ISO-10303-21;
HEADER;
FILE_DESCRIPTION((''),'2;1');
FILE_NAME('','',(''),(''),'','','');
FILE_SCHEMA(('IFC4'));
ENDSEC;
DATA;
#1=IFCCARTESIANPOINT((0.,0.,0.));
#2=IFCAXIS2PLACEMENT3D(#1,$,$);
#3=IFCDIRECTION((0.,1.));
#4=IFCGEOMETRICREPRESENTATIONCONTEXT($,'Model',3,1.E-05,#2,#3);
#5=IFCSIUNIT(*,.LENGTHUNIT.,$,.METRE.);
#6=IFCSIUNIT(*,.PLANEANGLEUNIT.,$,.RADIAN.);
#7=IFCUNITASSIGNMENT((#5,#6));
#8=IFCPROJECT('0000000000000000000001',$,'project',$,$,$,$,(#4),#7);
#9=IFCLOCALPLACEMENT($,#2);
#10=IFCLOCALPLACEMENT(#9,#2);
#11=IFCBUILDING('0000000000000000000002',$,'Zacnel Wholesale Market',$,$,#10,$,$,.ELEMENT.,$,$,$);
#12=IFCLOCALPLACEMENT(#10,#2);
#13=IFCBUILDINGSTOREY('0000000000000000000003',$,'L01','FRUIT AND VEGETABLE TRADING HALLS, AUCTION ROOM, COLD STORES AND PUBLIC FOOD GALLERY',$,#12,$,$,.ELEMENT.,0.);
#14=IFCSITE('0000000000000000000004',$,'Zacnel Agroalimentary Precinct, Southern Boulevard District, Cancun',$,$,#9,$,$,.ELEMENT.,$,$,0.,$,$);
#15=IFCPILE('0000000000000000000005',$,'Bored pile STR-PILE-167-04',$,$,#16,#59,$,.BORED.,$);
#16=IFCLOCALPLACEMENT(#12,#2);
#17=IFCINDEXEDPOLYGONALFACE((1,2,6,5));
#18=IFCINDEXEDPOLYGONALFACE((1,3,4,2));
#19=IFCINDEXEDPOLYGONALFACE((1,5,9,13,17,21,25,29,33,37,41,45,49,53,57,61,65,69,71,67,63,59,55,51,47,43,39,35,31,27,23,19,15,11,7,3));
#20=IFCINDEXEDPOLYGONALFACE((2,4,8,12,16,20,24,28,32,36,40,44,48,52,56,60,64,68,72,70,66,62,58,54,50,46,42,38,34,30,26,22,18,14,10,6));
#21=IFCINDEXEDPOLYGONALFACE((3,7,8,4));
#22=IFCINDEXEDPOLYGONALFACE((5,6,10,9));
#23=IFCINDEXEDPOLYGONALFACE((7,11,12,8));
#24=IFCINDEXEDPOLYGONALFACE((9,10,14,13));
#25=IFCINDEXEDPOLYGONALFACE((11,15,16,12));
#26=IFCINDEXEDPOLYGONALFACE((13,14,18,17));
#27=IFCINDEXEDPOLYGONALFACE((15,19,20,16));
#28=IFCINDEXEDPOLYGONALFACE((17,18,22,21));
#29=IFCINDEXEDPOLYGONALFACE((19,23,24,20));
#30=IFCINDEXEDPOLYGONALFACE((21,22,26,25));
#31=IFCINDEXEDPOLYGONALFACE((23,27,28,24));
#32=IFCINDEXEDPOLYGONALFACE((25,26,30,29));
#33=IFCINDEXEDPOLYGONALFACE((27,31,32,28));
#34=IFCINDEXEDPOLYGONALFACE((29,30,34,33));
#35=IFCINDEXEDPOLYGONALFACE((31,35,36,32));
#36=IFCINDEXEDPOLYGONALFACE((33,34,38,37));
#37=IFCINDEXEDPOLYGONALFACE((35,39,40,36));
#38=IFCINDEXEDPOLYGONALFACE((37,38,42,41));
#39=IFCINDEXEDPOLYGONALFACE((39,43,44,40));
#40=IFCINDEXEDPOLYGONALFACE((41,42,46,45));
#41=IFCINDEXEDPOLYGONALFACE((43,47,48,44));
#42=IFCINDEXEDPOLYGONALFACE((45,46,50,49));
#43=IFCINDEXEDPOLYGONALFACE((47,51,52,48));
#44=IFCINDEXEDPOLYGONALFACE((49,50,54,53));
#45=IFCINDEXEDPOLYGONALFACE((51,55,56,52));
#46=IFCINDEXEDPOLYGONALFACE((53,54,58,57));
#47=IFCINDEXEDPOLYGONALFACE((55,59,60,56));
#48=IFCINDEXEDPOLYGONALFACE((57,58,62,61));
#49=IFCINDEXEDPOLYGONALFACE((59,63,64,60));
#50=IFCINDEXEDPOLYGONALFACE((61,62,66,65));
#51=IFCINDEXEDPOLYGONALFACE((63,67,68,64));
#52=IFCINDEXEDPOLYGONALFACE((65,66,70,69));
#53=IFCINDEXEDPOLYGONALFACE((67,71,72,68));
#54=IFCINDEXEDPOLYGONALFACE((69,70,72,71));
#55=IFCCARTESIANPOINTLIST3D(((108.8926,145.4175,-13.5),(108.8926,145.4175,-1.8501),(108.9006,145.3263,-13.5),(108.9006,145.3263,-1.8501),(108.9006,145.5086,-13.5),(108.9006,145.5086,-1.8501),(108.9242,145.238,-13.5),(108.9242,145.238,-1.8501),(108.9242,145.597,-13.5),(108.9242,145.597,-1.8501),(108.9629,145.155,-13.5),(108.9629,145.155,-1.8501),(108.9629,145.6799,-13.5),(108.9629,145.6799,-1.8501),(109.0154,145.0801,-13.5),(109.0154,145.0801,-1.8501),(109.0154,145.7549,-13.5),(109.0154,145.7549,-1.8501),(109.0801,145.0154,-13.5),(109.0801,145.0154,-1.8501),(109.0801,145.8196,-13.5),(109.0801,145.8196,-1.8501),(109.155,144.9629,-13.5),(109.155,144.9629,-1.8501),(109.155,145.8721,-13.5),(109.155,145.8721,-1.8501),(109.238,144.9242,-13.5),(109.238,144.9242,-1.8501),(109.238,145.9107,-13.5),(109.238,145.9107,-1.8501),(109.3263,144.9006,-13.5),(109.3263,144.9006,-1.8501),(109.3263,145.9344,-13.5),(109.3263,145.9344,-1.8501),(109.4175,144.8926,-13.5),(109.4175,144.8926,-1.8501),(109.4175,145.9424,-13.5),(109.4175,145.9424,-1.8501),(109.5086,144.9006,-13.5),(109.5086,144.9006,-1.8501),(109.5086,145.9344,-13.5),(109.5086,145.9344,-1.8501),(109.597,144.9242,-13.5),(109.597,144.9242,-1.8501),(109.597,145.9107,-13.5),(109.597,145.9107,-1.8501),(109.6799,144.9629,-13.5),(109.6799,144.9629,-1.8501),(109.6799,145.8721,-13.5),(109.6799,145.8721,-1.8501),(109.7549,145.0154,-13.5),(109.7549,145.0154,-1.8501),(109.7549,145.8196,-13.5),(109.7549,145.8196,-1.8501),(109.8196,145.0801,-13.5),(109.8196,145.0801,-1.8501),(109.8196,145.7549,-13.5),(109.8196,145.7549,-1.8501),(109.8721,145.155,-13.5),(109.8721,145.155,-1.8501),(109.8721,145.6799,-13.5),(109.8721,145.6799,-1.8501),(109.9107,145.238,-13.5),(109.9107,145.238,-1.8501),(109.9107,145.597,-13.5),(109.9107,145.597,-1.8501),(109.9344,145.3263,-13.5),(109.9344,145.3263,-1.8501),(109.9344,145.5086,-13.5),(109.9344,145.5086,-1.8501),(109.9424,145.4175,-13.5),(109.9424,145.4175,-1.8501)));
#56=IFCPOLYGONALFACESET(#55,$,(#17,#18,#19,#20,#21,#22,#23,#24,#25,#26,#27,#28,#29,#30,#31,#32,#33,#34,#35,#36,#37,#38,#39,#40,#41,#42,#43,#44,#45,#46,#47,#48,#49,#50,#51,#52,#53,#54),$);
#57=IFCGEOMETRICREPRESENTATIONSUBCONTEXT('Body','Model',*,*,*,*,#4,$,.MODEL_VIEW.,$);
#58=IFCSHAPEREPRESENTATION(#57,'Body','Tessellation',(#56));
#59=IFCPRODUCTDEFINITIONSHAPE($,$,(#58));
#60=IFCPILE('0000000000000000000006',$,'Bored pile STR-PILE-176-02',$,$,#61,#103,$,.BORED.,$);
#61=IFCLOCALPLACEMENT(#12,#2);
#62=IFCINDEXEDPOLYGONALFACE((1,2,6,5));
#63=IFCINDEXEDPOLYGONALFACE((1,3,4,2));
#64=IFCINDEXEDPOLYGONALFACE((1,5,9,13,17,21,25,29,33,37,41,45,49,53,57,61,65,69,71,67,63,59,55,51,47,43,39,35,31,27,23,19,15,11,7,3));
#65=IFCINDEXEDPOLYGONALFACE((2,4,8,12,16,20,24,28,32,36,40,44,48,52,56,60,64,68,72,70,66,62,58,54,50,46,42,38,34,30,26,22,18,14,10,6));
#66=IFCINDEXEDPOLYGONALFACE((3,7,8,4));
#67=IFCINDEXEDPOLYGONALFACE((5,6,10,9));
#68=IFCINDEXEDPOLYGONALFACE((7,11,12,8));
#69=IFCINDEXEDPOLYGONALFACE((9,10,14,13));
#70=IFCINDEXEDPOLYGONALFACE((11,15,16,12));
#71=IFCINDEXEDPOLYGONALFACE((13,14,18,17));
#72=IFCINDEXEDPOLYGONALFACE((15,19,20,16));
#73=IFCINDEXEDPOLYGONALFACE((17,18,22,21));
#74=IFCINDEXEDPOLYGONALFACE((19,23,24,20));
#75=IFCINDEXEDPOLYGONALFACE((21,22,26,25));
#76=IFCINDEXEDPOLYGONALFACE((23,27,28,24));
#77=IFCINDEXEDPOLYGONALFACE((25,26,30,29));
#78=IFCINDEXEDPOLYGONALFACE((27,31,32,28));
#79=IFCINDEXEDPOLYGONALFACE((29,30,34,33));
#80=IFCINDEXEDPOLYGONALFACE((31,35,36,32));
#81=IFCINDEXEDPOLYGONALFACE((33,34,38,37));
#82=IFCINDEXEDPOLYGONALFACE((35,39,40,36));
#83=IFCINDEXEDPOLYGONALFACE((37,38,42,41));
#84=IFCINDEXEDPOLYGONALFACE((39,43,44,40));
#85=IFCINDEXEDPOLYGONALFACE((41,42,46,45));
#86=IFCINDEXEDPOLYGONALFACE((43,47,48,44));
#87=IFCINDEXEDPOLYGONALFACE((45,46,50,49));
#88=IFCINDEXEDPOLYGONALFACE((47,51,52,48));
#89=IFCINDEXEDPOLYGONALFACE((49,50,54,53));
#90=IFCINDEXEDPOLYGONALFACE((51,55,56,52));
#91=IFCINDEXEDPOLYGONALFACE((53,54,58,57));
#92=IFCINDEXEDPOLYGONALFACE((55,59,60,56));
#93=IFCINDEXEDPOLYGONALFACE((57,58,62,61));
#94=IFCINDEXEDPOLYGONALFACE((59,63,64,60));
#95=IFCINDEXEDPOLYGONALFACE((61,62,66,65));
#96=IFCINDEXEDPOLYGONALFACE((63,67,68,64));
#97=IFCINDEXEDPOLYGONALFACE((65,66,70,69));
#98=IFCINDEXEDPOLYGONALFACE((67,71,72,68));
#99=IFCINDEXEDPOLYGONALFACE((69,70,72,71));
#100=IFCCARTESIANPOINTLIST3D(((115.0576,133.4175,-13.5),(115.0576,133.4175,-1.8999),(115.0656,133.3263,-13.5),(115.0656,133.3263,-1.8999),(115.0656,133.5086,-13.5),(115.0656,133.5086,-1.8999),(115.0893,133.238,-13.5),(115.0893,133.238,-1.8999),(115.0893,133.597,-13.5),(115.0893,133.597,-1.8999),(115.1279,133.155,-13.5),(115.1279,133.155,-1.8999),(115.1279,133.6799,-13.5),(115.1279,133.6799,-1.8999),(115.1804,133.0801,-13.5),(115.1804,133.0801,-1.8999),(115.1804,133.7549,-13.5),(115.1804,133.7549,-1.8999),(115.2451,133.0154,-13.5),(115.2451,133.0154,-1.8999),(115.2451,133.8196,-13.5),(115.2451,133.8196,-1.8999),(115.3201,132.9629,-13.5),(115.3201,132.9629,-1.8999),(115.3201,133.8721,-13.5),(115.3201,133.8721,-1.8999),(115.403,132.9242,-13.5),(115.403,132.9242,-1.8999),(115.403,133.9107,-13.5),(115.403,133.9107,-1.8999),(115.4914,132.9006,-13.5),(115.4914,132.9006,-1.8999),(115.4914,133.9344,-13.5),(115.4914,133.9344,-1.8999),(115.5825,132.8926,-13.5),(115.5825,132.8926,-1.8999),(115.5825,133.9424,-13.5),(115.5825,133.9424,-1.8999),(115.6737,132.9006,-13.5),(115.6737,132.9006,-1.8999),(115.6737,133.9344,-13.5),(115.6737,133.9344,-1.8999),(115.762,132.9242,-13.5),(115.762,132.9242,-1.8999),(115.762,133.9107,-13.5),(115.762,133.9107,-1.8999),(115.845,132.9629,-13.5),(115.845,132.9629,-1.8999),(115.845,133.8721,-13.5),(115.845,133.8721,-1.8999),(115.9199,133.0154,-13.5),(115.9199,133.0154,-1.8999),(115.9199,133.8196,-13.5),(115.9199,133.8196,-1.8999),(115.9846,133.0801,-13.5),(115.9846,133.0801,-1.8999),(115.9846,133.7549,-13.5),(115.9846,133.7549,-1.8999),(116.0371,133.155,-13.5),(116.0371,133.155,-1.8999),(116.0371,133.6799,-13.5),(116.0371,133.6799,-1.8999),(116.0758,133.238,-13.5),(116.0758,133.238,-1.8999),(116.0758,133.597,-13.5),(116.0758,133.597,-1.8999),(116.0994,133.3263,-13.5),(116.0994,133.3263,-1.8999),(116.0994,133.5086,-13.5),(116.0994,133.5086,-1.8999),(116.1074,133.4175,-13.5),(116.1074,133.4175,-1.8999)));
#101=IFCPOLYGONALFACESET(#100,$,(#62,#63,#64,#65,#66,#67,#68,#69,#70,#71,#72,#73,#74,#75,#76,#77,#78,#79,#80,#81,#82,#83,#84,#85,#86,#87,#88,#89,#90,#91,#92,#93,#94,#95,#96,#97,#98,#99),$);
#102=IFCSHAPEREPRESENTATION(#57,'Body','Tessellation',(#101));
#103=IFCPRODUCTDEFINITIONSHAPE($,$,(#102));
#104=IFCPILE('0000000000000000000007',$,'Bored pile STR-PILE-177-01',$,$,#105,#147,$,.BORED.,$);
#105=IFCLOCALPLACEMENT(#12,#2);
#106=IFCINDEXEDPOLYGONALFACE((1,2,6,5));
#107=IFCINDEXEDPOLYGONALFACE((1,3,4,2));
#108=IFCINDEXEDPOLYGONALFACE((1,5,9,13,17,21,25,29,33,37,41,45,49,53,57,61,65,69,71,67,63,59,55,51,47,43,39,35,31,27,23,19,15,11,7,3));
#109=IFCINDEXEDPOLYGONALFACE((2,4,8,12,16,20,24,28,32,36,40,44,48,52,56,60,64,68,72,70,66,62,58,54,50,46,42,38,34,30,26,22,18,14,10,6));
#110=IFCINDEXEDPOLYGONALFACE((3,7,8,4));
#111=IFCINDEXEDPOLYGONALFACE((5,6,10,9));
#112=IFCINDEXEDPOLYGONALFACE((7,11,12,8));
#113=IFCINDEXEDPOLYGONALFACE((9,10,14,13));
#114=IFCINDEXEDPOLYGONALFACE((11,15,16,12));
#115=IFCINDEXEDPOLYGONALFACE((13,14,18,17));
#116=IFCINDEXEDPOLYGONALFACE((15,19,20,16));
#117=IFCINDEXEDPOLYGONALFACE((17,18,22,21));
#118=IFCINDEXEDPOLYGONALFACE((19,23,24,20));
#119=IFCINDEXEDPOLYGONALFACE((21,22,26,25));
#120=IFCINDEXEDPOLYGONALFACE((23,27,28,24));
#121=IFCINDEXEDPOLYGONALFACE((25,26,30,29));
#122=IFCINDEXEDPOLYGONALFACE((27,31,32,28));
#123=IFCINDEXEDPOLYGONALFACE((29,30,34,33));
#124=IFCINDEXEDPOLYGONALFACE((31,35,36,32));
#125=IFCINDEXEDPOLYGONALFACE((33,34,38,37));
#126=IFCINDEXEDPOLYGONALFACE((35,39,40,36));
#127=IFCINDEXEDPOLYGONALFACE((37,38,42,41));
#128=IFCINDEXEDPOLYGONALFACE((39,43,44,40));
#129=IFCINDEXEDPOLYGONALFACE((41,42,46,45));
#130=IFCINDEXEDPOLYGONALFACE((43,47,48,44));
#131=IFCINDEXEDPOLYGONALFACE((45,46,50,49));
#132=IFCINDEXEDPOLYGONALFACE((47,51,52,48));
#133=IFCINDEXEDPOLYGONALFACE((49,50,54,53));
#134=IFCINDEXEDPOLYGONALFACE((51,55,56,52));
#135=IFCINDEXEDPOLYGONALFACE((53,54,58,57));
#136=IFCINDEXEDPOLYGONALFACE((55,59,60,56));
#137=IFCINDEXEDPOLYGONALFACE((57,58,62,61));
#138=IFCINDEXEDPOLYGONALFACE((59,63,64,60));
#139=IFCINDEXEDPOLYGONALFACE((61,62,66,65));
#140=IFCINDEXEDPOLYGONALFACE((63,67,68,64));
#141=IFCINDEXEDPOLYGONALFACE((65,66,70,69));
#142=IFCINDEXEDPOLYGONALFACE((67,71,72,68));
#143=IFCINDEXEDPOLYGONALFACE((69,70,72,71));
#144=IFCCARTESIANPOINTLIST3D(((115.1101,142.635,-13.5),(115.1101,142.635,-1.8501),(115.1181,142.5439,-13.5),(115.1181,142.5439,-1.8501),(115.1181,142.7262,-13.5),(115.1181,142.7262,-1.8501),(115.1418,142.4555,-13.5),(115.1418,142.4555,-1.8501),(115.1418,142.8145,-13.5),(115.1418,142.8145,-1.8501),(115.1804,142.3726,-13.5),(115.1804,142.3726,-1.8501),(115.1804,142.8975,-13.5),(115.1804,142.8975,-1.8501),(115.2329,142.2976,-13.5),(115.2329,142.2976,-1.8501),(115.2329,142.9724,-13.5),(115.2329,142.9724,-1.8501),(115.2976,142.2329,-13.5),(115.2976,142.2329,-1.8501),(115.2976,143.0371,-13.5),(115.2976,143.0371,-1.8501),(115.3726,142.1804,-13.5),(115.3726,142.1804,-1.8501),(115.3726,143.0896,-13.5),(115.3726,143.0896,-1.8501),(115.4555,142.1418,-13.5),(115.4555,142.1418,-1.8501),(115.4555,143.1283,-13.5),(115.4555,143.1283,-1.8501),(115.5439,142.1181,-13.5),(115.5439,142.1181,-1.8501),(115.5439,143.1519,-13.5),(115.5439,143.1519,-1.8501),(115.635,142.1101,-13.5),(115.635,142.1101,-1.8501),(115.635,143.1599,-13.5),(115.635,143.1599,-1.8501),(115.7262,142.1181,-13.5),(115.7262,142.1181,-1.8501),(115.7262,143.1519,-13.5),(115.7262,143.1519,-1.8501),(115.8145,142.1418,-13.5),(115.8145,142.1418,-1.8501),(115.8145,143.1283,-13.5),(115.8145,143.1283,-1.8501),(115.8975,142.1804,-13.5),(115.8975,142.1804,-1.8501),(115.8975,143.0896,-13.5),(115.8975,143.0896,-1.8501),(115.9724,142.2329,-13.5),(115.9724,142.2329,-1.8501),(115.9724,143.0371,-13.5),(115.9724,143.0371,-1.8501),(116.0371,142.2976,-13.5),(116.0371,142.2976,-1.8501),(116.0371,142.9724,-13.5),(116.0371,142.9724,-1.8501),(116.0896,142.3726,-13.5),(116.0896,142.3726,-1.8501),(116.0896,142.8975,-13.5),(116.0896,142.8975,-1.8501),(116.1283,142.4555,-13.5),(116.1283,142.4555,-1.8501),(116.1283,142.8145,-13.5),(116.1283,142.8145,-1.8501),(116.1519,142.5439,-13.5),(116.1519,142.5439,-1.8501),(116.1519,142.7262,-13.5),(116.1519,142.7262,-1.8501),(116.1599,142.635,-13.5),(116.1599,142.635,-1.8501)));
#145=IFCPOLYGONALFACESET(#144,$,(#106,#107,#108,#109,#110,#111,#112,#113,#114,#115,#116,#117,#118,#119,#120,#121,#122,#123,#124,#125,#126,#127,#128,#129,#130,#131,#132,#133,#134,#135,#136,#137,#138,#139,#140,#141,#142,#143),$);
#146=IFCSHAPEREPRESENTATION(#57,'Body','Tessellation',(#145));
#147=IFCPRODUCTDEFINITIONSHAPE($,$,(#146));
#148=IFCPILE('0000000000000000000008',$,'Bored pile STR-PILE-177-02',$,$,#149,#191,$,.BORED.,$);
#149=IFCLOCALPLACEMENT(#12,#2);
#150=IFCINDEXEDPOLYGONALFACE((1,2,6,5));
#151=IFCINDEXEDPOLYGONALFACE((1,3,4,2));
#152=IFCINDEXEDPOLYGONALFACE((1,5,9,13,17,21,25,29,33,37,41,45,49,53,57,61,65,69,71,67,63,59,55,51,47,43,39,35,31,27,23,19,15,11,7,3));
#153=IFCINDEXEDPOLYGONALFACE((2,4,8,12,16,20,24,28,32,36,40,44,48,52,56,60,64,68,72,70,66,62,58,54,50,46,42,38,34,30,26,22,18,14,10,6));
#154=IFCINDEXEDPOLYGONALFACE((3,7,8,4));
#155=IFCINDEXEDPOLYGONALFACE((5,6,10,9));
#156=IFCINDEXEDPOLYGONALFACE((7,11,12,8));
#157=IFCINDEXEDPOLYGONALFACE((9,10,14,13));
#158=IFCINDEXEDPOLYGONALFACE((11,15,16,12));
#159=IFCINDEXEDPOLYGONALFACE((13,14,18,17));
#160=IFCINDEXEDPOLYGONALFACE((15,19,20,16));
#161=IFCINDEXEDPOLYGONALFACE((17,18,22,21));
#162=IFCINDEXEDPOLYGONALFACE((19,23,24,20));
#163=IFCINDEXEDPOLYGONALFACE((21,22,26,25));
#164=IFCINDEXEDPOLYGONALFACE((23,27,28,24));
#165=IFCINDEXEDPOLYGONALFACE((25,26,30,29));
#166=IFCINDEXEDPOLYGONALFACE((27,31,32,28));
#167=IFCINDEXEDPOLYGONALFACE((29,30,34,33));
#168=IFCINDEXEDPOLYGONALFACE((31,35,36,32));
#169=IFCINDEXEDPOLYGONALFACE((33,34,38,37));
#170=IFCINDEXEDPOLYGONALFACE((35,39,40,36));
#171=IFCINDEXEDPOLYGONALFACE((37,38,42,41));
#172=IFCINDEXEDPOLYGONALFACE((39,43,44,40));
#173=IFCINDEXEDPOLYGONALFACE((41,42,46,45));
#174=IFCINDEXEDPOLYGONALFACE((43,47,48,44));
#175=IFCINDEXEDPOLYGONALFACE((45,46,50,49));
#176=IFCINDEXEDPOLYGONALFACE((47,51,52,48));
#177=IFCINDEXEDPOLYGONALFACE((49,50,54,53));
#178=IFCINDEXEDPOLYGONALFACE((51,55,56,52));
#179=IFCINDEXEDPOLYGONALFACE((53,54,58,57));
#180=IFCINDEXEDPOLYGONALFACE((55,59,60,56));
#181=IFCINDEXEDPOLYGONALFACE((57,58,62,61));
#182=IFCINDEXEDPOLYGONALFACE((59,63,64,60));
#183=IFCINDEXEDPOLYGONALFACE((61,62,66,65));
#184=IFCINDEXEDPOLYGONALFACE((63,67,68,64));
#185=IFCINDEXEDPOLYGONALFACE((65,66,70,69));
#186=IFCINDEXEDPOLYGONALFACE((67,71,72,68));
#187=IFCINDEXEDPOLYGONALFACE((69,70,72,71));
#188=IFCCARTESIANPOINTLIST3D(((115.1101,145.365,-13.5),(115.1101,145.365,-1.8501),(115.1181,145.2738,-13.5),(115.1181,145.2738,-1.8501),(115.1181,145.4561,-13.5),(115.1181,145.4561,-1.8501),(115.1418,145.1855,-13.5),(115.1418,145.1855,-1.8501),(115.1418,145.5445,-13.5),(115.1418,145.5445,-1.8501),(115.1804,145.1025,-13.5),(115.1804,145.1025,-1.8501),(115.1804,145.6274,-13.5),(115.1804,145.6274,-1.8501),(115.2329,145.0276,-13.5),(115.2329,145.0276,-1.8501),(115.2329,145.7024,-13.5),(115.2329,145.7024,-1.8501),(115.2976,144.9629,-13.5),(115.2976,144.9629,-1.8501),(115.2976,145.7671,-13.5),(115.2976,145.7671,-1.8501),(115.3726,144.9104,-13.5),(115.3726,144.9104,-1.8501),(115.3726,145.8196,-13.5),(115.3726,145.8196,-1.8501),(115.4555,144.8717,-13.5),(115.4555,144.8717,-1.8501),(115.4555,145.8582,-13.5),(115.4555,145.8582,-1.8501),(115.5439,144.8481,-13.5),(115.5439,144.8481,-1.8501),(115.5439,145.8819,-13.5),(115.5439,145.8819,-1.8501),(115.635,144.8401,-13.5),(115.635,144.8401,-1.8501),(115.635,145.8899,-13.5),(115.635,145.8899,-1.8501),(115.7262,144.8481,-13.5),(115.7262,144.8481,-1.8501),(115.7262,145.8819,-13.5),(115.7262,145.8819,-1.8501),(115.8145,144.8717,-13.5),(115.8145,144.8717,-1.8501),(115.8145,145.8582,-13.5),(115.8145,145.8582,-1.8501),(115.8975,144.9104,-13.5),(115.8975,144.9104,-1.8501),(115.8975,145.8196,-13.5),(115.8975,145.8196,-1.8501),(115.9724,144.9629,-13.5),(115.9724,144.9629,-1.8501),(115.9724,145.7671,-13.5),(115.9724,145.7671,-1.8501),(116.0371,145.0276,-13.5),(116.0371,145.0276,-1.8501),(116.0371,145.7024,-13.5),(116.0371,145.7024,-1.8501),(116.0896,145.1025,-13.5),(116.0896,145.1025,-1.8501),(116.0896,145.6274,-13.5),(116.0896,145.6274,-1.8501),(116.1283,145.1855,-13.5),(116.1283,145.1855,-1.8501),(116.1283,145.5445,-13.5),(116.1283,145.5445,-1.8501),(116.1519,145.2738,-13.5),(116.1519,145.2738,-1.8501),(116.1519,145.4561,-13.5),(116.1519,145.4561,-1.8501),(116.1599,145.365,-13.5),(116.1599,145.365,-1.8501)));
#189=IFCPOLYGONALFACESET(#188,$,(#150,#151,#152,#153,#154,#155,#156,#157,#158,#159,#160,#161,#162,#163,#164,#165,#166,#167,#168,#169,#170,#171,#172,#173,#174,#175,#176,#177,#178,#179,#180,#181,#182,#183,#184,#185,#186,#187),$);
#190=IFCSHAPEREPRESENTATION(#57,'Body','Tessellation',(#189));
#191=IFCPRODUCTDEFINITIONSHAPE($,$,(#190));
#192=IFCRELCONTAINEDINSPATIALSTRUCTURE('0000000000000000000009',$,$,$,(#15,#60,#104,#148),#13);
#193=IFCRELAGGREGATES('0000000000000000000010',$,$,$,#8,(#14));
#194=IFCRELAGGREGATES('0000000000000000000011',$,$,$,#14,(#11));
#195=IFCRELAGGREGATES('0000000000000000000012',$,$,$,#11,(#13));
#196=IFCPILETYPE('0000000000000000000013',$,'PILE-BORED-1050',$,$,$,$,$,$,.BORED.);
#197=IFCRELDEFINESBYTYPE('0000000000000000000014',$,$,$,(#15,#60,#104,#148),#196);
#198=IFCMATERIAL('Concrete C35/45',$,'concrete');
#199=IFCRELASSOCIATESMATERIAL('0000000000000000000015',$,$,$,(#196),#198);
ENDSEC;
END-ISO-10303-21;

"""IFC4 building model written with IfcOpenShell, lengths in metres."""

from ifc_helpers import new_model, si_unit, direction, frame, origin, origin_2d, place, context, subcontext, project, spatial, circle, extrude, material, material_profile, profile_set, type_object, element, save


model = new_model("IFC4")

# Units and contexts
model_context = context("Model", 3, precision=1e-05, world=origin(), true_north=direction((0.0, 1.0)))
body_context = subcontext(model_context, "Body", "Model", "MODEL_VIEW")
ifc_project = project(units=[si_unit("LENGTHUNIT", "METRE"), si_unit("PLANEANGLEUNIT", "RADIAN")], contexts=[model_context])

# Site, building, storey
site_placement = place(None, origin())
site = spatial("IfcSite", under=ifc_project, at=site_placement, Name="Zacnel Agroalimentary Precinct, Southern Boulevard District, Cancun", CompositionType="ELEMENT", RefElevation=0.0)
building_placement = place(site_placement, origin())
building = spatial("IfcBuilding", under=site, at=building_placement, Name="Zacnel Wholesale Market", CompositionType="ELEMENT")
storey_placement = place(building_placement, origin())
storey = spatial("IfcBuildingStorey", under=building, at=storey_placement, Name="L01", Description="FRUIT AND VEGETABLE TRADING HALLS, AUCTION ROOM, COLD STORES AND PUBLIC FOOD GALLERY", CompositionType="ELEMENT", Elevation=0.0)

# Piles
ifc_material_1 = material(Name="Concrete C35/45", Category="concrete")
ifc_material_profile_1 = material_profile(ifc_material_1, circle(Radius=0.5249, at=origin_2d()), Name="BORED PILE D1050")
ifc_profile_set_1 = profile_set([ifc_material_profile_1], Name="Concrete C35/45")
pile_type = type_object("IfcPileType", Name="PILE-BORED-1050", PredefinedType="BORED", material=ifc_profile_set_1)
for number, where, z_axis, x_axis, name in (
    (1, (109.4175, 145.4175, -1.8501), (0.0, 0.0, -1.0), (1.0, 0.0, 0.0), "Bored pile STR-PILE-167-04"),
):
    element("IfcPile", number, at=place(storey_placement, frame(where, z_axis=z_axis, x_axis=x_axis)), inside=storey, type_object=pile_type, Name=name, PredefinedType="BORED", context=body_context, shape_type="SweptSolid", body=[
        extrude(circle(Radius=0.5249, at=origin_2d()), origin(), (0.0, 0.0, 1.0), 11.6499),
    ])
pile_1_placement = place(storey_placement, frame((115.5825, 133.4175, -1.8999), z_axis=(0.0, 0.0, -1.0), x_axis=(1.0, 0.0, 0.0)))
element("IfcPile", 2, at=pile_1_placement, inside=storey, type_object=pile_type, Name="Bored pile STR-PILE-176-02", PredefinedType="BORED", context=body_context, shape_type="SweptSolid", body=[
    extrude(circle(Radius=0.5249, at=origin_2d()), origin(), (0.0, 0.0, 1.0), 11.6001),
])
for number, where, z_axis, x_axis, name in (
    (3, (115.635, 142.635, -1.8501), (0.0, 0.0, -1.0), (1.0, 0.0, 0.0), "Bored pile STR-PILE-177-01"),
    (4, (115.635, 145.365, -1.8501), (0.0, 0.0, -1.0), (1.0, 0.0, 0.0), "Bored pile STR-PILE-177-02"),
):
    element("IfcPile", number, at=place(storey_placement, frame(where, z_axis=z_axis, x_axis=x_axis)), inside=storey, type_object=pile_type, Name=name, PredefinedType="BORED", context=body_context, shape_type="SweptSolid", body=[
        extrude(circle(Radius=0.5249, at=origin_2d()), origin(), (0.0, 0.0, 1.0), 11.6499),
    ])

save(model, "model.ifc")
